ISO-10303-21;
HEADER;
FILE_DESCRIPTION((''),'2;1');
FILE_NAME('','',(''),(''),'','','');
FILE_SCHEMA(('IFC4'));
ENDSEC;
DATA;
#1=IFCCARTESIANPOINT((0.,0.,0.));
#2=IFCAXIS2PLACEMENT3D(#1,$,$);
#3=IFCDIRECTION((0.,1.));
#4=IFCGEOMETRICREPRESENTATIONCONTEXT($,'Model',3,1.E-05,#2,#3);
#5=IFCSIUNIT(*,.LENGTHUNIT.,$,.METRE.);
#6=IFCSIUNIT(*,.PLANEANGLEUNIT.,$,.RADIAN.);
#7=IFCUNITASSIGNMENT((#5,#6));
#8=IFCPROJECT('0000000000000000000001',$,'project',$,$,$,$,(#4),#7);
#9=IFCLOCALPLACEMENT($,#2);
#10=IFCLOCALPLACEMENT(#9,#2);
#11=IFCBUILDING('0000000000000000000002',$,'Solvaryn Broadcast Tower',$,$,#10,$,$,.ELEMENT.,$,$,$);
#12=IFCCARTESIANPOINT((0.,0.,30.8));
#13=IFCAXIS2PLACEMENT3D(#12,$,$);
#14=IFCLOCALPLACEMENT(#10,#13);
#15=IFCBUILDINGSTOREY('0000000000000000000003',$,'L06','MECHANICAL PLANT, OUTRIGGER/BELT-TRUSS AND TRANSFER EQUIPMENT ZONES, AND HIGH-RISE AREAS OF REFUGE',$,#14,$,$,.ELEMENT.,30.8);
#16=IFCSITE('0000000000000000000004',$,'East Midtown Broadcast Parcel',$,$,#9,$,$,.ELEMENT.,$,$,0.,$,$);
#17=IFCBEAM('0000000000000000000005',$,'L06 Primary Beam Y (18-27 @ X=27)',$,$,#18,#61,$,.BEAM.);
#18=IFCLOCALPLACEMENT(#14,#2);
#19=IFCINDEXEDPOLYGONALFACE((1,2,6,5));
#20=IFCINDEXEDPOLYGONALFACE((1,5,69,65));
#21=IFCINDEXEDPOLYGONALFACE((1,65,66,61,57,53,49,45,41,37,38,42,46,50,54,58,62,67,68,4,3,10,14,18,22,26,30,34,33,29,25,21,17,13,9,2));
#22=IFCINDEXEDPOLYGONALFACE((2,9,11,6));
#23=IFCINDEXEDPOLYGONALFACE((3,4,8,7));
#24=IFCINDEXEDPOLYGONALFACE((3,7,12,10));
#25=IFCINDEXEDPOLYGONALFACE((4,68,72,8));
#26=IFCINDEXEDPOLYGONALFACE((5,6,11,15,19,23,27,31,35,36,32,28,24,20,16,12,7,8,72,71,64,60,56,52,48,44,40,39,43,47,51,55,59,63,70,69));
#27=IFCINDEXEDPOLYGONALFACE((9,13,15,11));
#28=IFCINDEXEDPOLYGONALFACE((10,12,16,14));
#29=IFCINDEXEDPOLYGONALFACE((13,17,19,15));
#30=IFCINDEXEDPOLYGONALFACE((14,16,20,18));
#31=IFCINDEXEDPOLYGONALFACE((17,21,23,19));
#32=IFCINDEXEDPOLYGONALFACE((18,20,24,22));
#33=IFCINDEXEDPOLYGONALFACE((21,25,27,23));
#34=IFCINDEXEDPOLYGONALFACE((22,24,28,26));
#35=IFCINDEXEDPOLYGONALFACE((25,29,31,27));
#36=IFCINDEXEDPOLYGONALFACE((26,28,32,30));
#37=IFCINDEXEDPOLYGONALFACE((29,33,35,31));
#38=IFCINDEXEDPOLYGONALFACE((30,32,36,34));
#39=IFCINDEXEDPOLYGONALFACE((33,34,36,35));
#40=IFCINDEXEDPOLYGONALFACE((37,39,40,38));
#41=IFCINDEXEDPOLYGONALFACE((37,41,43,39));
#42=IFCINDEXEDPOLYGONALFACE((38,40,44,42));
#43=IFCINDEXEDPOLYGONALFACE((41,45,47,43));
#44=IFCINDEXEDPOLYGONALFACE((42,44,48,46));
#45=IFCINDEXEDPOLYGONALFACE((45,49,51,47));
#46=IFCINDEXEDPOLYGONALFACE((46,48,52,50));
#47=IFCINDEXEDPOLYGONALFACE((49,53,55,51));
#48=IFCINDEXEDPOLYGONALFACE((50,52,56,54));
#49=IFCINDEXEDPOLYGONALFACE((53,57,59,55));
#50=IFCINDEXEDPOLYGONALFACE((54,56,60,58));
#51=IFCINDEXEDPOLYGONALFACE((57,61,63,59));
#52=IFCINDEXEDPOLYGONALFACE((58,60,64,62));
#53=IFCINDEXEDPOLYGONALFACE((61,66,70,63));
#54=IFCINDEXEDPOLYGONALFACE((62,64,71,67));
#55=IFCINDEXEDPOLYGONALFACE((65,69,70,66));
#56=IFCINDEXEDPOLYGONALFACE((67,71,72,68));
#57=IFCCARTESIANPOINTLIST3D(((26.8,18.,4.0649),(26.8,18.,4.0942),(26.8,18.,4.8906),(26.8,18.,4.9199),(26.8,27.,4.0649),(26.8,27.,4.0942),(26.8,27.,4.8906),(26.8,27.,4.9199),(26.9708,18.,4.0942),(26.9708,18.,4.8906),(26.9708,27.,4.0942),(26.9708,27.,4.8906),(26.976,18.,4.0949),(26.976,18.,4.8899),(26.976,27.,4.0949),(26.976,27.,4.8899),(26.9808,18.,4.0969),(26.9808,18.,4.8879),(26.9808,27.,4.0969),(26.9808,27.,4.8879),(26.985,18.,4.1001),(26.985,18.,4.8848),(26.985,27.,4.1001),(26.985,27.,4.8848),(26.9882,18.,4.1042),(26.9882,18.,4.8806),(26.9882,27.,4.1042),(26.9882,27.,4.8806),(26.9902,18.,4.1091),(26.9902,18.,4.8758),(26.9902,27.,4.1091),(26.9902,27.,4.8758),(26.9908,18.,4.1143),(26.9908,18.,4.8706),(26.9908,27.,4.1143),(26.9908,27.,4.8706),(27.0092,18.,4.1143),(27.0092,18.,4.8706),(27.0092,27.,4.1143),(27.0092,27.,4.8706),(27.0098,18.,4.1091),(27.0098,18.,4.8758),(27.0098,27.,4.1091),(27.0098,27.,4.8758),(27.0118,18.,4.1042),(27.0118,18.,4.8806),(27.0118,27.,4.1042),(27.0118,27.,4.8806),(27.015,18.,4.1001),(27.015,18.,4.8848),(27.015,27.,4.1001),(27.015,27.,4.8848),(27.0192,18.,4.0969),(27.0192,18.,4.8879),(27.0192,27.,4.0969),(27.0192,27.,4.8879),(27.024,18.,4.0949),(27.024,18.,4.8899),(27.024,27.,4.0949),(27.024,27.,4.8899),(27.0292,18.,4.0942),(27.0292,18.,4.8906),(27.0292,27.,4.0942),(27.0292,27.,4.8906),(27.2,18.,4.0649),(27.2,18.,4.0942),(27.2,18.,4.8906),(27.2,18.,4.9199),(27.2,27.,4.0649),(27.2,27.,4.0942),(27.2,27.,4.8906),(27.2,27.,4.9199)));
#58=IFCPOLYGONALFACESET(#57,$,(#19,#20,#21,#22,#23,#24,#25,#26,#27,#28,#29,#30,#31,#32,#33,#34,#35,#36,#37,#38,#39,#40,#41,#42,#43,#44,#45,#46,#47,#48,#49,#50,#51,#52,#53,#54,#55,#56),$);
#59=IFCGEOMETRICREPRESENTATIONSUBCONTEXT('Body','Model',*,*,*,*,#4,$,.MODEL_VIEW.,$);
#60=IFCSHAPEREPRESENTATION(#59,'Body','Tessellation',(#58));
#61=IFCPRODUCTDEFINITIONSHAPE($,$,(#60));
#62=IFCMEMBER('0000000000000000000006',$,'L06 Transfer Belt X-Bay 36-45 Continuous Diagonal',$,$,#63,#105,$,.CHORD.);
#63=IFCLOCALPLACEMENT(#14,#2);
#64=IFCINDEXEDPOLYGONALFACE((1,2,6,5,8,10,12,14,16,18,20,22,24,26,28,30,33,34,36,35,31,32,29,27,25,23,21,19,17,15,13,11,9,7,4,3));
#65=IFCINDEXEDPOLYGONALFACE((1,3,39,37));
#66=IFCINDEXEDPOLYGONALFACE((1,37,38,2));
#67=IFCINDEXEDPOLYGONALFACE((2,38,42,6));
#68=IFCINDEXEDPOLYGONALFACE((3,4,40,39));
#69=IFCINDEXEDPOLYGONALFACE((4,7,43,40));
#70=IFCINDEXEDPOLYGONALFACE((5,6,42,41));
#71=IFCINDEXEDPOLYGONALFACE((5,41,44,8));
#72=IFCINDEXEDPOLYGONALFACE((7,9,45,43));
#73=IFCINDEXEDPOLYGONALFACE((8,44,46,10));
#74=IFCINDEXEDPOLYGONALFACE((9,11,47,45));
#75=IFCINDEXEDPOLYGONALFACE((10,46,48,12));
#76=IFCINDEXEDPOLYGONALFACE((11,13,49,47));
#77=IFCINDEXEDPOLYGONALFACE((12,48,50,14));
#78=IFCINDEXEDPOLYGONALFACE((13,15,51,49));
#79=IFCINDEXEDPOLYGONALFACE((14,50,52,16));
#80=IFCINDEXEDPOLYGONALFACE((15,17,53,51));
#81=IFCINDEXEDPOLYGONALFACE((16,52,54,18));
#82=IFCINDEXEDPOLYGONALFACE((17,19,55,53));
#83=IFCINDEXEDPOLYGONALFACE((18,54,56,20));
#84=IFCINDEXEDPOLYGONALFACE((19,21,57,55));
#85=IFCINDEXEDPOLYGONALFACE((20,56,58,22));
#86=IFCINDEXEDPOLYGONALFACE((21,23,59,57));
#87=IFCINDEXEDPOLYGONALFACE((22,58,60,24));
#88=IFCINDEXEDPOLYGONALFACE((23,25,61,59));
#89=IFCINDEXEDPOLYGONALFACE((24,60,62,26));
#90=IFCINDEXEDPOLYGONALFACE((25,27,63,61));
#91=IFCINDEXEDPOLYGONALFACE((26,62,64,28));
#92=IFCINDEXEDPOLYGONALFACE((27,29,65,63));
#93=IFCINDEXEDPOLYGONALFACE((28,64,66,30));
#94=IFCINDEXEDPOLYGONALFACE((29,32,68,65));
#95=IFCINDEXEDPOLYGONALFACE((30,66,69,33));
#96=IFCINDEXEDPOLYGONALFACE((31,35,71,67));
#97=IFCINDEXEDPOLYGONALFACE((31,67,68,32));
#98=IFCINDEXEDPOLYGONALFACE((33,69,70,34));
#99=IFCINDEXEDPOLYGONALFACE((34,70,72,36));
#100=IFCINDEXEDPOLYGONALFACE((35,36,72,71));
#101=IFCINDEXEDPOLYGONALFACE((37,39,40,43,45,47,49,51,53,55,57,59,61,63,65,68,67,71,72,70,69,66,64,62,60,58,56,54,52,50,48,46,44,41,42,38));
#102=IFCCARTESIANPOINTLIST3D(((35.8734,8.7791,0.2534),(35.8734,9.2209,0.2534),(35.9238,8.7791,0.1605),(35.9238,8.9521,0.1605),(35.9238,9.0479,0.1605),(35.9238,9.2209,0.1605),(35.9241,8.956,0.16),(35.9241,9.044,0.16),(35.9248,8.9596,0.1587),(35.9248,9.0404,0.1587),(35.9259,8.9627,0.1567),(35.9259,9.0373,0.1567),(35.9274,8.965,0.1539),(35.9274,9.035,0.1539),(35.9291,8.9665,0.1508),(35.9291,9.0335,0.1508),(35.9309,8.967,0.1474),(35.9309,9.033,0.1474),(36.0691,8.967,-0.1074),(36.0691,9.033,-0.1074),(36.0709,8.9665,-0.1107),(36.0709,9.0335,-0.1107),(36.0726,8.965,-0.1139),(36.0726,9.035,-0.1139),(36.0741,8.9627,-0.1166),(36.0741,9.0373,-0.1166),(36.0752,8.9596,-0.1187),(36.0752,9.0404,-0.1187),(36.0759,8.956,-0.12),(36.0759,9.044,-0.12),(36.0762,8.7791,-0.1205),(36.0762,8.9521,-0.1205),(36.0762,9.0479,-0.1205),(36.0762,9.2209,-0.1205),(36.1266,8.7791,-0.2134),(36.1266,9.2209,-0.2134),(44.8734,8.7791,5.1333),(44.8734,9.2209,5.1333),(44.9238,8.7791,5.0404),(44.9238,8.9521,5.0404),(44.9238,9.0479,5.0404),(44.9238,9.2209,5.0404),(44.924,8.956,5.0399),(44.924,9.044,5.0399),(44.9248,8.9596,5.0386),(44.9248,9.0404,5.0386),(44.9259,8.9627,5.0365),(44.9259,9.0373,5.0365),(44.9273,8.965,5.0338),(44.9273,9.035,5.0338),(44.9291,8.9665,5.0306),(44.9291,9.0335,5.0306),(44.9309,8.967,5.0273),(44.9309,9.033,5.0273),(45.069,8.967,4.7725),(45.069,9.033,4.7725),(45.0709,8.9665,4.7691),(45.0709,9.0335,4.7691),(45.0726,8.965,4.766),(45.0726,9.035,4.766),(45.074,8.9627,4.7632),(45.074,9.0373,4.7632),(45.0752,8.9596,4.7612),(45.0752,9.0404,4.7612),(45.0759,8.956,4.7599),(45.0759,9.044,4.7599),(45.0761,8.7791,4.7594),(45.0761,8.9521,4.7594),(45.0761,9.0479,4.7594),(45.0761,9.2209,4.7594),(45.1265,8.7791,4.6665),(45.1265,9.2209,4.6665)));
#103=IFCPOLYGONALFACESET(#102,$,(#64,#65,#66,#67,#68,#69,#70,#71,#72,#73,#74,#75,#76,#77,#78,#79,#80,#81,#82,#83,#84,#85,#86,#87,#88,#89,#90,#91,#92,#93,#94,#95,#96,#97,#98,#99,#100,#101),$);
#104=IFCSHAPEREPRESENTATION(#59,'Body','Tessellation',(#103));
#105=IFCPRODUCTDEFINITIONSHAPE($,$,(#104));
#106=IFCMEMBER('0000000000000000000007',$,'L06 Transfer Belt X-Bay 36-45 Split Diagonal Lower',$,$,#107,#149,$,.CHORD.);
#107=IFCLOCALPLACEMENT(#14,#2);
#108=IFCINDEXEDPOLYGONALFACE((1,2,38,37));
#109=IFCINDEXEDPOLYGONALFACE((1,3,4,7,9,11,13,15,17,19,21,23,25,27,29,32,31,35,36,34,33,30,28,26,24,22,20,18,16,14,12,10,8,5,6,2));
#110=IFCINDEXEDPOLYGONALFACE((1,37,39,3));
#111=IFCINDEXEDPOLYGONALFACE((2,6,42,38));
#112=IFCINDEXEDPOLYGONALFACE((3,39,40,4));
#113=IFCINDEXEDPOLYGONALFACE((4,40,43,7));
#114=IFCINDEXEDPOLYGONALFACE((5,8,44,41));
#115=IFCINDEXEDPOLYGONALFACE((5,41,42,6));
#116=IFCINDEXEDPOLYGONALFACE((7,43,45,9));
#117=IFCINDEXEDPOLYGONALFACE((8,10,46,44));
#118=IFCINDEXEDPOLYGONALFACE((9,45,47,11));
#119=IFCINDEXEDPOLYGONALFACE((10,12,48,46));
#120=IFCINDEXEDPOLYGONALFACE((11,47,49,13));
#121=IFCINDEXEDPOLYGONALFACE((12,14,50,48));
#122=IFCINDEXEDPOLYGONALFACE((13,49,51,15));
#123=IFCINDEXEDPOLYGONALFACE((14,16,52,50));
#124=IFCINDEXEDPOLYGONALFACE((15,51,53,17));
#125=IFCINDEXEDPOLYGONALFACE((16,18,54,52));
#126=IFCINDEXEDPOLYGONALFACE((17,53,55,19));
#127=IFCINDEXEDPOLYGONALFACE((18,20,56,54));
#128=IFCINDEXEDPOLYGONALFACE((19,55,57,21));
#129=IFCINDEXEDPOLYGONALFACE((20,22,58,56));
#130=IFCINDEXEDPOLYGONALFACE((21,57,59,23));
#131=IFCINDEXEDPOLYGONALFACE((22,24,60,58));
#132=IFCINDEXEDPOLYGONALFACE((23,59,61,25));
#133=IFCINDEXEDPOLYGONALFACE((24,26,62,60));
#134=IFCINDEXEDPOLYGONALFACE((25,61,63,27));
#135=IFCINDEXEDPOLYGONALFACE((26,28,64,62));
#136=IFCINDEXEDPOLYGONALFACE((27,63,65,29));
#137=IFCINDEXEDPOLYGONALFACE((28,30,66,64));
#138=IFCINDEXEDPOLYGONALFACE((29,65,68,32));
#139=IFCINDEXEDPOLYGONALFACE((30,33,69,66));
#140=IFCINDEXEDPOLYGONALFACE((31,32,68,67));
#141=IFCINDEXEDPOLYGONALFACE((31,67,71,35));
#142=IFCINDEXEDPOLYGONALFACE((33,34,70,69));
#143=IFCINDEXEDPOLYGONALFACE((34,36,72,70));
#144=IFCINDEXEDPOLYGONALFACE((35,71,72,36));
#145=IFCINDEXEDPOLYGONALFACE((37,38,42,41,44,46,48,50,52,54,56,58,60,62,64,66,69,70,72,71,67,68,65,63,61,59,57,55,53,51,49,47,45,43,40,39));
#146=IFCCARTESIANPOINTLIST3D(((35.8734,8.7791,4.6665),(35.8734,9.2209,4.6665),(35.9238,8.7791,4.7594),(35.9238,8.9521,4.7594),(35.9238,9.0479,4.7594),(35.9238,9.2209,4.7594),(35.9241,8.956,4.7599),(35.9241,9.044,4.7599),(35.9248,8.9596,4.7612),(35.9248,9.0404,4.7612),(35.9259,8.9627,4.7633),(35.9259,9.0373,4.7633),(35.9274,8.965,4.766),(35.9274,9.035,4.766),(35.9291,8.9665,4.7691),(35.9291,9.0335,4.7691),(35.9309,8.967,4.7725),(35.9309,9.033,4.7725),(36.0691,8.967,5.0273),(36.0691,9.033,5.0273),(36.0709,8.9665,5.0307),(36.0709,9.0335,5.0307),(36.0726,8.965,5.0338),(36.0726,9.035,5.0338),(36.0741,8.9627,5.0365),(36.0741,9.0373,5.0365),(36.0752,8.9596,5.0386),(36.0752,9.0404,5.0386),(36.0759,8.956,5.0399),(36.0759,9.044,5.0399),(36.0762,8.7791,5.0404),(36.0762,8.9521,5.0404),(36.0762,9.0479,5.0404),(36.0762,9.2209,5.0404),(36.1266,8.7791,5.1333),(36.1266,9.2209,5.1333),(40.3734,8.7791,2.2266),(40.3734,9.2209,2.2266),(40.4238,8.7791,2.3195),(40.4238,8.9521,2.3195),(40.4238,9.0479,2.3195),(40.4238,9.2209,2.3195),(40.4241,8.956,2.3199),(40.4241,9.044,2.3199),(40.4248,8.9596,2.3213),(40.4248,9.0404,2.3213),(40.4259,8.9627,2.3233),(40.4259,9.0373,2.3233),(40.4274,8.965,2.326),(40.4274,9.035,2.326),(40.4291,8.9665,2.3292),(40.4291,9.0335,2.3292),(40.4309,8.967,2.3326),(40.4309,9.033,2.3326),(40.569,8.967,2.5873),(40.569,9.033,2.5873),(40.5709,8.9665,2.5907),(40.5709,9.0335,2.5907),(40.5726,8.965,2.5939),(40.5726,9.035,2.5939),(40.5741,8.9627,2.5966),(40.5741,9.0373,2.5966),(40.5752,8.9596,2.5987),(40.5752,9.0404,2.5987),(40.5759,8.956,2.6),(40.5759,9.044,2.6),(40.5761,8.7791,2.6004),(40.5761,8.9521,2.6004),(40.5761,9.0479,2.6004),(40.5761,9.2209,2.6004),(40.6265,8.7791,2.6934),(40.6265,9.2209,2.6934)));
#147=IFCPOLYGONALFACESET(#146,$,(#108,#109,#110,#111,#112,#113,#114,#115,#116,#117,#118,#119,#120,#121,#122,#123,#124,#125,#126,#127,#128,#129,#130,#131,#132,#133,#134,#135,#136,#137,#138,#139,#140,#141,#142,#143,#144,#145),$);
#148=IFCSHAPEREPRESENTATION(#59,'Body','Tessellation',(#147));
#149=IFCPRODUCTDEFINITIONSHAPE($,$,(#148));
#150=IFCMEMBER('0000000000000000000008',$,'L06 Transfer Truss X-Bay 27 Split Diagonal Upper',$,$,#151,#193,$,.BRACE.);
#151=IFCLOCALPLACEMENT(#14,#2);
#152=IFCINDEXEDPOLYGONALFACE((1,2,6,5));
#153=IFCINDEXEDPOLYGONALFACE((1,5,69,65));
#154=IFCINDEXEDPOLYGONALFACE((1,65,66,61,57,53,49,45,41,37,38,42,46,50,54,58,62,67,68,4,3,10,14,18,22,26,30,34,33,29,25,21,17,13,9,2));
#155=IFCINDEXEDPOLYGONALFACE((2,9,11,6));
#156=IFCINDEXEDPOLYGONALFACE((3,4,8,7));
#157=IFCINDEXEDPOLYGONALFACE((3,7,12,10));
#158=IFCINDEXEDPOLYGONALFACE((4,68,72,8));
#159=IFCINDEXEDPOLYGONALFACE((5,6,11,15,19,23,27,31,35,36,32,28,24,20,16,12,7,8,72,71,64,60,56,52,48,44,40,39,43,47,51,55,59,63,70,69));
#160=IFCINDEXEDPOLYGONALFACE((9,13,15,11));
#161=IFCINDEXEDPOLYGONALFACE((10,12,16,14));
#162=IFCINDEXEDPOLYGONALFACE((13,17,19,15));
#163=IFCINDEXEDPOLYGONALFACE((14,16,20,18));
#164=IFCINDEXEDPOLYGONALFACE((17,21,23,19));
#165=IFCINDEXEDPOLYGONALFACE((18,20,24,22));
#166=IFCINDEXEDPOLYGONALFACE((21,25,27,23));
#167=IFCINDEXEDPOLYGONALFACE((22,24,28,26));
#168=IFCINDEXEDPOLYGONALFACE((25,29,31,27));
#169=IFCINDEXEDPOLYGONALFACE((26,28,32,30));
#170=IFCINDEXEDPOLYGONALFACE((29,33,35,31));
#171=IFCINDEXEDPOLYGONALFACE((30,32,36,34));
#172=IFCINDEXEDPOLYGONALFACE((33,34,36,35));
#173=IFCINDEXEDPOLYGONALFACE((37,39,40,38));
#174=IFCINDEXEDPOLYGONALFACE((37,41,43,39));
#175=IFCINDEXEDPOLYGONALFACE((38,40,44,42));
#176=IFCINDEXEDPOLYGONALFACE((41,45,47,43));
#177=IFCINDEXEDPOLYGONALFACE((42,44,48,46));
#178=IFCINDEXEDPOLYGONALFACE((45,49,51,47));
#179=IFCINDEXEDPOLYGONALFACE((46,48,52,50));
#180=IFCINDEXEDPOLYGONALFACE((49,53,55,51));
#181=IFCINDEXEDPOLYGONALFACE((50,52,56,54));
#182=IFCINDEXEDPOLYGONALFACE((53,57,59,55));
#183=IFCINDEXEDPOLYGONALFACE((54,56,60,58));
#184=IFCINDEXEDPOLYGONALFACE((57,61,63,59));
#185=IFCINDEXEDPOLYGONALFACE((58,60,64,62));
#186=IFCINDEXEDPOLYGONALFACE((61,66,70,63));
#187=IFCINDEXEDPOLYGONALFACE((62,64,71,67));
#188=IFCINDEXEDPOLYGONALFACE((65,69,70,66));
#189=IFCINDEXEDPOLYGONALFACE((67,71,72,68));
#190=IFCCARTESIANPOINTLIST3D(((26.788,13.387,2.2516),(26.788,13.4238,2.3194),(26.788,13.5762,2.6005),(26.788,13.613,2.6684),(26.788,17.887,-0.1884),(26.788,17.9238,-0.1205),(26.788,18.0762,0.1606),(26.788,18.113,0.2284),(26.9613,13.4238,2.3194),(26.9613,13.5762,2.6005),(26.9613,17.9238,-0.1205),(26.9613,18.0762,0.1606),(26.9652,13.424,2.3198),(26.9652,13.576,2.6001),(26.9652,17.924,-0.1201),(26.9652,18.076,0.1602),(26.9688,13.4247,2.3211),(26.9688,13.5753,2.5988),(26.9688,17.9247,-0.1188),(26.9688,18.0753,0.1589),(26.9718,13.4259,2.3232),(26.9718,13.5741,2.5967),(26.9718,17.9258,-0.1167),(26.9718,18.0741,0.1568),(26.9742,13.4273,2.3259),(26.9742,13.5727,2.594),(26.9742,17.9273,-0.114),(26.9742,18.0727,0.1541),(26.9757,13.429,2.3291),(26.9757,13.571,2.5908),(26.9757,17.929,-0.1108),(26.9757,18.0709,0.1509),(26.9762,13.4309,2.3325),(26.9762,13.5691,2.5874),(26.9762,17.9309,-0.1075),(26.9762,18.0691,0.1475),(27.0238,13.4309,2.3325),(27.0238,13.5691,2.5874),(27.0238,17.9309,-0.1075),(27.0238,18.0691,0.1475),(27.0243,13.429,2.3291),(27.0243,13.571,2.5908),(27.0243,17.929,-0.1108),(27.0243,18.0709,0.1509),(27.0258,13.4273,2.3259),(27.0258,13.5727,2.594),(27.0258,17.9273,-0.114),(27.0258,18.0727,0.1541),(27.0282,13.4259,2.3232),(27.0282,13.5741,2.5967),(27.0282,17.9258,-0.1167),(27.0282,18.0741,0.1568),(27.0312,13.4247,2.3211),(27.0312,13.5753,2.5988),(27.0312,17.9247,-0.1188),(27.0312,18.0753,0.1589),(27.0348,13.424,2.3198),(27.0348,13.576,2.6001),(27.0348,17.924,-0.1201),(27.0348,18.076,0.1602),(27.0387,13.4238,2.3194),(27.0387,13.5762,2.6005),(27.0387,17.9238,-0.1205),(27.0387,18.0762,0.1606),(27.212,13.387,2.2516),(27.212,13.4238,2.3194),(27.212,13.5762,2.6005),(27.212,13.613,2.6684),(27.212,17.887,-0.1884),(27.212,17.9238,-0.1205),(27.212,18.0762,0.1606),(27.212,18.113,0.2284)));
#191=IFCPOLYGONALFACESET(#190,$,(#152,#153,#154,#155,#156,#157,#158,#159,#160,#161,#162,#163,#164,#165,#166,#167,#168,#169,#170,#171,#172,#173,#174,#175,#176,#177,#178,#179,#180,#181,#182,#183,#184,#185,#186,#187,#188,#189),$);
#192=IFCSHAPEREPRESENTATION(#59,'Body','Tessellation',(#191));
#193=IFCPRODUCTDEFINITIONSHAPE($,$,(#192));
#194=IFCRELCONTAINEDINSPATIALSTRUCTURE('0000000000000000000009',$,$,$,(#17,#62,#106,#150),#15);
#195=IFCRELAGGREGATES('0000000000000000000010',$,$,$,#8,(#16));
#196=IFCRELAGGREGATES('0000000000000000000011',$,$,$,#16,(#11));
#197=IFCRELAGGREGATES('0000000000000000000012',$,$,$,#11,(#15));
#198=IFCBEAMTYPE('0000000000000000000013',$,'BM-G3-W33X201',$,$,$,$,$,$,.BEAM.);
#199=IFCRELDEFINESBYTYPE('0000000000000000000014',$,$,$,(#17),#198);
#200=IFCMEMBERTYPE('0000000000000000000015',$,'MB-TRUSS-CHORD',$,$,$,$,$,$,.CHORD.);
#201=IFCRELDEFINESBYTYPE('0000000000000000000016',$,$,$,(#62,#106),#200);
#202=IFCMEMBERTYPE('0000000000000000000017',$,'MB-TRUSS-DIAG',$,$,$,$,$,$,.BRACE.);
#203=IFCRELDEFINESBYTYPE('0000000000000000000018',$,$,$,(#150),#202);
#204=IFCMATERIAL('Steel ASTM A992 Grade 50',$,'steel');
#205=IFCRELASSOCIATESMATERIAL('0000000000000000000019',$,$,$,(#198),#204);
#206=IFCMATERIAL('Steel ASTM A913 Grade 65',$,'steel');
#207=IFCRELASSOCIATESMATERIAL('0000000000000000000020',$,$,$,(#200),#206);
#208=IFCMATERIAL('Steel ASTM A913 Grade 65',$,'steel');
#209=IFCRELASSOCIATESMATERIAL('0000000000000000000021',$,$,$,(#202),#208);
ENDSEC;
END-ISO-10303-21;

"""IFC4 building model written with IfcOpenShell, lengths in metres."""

from ifc_helpers import new_model, si_unit, direction, frame, origin, origin_2d, place, context, subcontext, project, spatial, i_section, extrude, material, material_profile, profile_set, type_object, element, save


model = new_model("IFC4")

# Units and contexts
model_context = context("Model", 3, precision=1e-05, world=origin(), true_north=direction((0.0, 1.0)))
body_context = subcontext(model_context, "Body", "Model", "MODEL_VIEW")
ifc_project = project(units=[si_unit("LENGTHUNIT", "METRE"), si_unit("PLANEANGLEUNIT", "RADIAN")], contexts=[model_context])

# Site, building, storey
site_placement = place(None, origin())
site = spatial("IfcSite", under=ifc_project, at=site_placement, Name="East Midtown Broadcast Parcel", CompositionType="ELEMENT", RefElevation=0.0)
building_placement = place(site_placement, origin())
building = spatial("IfcBuilding", under=site, at=building_placement, Name="Solvaryn Broadcast Tower", CompositionType="ELEMENT")
storey_placement = place(building_placement, frame((0.0, 0.0, 30.8)))
storey = spatial("IfcBuildingStorey", under=building, at=storey_placement, Name="L06", Description="MECHANICAL PLANT, OUTRIGGER/BELT-TRUSS AND TRANSFER EQUIPMENT ZONES, AND HIGH-RISE AREAS OF REFUGE", CompositionType="ELEMENT", Elevation=30.8)

# Beam
ifc_material_1 = material(Name="Steel ASTM A992 Grade 50", Category="steel")
ifc_material_profile_1 = material_profile(ifc_material_1, i_section(OverallWidth=0.3999, OverallDepth=0.855, WebThickness=0.0183, FlangeThickness=0.0293, FilletRadius=0.02, at=origin_2d()))
ifc_profile_set_1 = profile_set([ifc_material_profile_1], Name="Steel ASTM A992 Grade 50")
beam_type_1 = type_object("IfcBeamType", Name="BM-G3-W33X201", PredefinedType="BEAM", material=ifc_profile_set_1)
beam_1_placement = place(storey_placement, frame((27.0, 18.0, 4.4924), z_axis=(0.0, 1.0, 0.0), x_axis=(-1.0, 0.0, 0.0)))
element("IfcBeam", 1, at=beam_1_placement, inside=storey, type_object=beam_type_1, Name="L06 Primary Beam Y (18-27 @ X=27)", PredefinedType="BEAM", context=body_context, shape_type="SweptSolid", body=[
    extrude(i_section(OverallWidth=0.3999, OverallDepth=0.855, WebThickness=0.0183, FlangeThickness=0.0293, FilletRadius=0.02, at=origin_2d()), origin(), (0.0, 0.0, 1.0), 9.0),
])

# Members
ifc_material_2 = material(Name="Steel ASTM A913 Grade 65", Category="steel")
ifc_material_profile_2 = material_profile(ifc_material_2, i_section(OverallWidth=0.4419, OverallDepth=0.531, WebThickness=0.0659, FlangeThickness=0.1057, FilletRadius=0.0149, at=origin_2d()))
ifc_profile_set_2 = profile_set([ifc_material_profile_2], Name="Steel ASTM A913 Grade 65")
member_type_1 = type_object("IfcMemberType", Name="MB-TRUSS-CHORD", PredefinedType="CHORD", material=ifc_profile_set_2)
member_1_placement = place(storey_placement, frame((36.0, 9.0, 0.02), z_axis=(0.879092, 0.0, 0.476652), x_axis=(0.0, 1.0, 0.0)))
element("IfcMember", 2, at=member_1_placement, inside=storey, type_object=member_type_1, Name="L06 Transfer Belt X-Bay 36-45 Continuous Diagonal", PredefinedType="CHORD", context=body_context, shape_type="SweptSolid", body=[
    extrude(i_section(OverallWidth=0.4419, OverallDepth=0.531, WebThickness=0.0659, FlangeThickness=0.1057, FilletRadius=0.0149, at=origin_2d()), origin(), (0.0, 0.0, 1.0), 10.2378),
])
member_2_placement = place(storey_placement, frame((36.0, 9.0, 4.8999), z_axis=(0.879092, 0.0, -0.476652), x_axis=(0.0, 1.0, 0.0)))
element("IfcMember", 3, at=member_2_placement, inside=storey, type_object=member_type_1, Name="L06 Transfer Belt X-Bay 36-45 Split Diagonal Lower", PredefinedType="CHORD", context=body_context, shape_type="SweptSolid", body=[
    extrude(i_section(OverallWidth=0.4419, OverallDepth=0.531, WebThickness=0.0659, FlangeThickness=0.1057, FilletRadius=0.0149, at=origin_2d()), origin(), (0.0, 0.0, 1.0), 5.1189),
])
ifc_material_3 = material(Name="Steel ASTM A913 Grade 65", Category="steel")
ifc_material_profile_3 = material_profile(ifc_material_3, i_section(OverallWidth=0.4241, OverallDepth=0.4741, WebThickness=0.0476, FlangeThickness=0.0771, FilletRadius=0.0149, at=origin_2d()))
ifc_profile_set_3 = profile_set([ifc_material_profile_3], Name="Steel ASTM A913 Grade 65")
member_type_2 = type_object("IfcMemberType", Name="MB-TRUSS-DIAG", PredefinedType="BRACE", material=ifc_profile_set_3)
member_3_placement = place(storey_placement, frame((27.0, 13.5, 2.46), z_axis=(0.0, 0.879092, -0.476652), x_axis=(-1.0, 0.0, 0.0)))
element("IfcMember", 4, at=member_3_placement, inside=storey, type_object=member_type_2, Name="L06 Transfer Truss X-Bay 27 Split Diagonal Upper", PredefinedType="BRACE", context=body_context, shape_type="SweptSolid", body=[
    extrude(i_section(OverallWidth=0.4241, OverallDepth=0.4741, WebThickness=0.0476, FlangeThickness=0.0771, FilletRadius=0.0149, at=origin_2d()), origin(), (0.0, 0.0, 1.0), 5.1189),
])

save(model, "model.ifc")
